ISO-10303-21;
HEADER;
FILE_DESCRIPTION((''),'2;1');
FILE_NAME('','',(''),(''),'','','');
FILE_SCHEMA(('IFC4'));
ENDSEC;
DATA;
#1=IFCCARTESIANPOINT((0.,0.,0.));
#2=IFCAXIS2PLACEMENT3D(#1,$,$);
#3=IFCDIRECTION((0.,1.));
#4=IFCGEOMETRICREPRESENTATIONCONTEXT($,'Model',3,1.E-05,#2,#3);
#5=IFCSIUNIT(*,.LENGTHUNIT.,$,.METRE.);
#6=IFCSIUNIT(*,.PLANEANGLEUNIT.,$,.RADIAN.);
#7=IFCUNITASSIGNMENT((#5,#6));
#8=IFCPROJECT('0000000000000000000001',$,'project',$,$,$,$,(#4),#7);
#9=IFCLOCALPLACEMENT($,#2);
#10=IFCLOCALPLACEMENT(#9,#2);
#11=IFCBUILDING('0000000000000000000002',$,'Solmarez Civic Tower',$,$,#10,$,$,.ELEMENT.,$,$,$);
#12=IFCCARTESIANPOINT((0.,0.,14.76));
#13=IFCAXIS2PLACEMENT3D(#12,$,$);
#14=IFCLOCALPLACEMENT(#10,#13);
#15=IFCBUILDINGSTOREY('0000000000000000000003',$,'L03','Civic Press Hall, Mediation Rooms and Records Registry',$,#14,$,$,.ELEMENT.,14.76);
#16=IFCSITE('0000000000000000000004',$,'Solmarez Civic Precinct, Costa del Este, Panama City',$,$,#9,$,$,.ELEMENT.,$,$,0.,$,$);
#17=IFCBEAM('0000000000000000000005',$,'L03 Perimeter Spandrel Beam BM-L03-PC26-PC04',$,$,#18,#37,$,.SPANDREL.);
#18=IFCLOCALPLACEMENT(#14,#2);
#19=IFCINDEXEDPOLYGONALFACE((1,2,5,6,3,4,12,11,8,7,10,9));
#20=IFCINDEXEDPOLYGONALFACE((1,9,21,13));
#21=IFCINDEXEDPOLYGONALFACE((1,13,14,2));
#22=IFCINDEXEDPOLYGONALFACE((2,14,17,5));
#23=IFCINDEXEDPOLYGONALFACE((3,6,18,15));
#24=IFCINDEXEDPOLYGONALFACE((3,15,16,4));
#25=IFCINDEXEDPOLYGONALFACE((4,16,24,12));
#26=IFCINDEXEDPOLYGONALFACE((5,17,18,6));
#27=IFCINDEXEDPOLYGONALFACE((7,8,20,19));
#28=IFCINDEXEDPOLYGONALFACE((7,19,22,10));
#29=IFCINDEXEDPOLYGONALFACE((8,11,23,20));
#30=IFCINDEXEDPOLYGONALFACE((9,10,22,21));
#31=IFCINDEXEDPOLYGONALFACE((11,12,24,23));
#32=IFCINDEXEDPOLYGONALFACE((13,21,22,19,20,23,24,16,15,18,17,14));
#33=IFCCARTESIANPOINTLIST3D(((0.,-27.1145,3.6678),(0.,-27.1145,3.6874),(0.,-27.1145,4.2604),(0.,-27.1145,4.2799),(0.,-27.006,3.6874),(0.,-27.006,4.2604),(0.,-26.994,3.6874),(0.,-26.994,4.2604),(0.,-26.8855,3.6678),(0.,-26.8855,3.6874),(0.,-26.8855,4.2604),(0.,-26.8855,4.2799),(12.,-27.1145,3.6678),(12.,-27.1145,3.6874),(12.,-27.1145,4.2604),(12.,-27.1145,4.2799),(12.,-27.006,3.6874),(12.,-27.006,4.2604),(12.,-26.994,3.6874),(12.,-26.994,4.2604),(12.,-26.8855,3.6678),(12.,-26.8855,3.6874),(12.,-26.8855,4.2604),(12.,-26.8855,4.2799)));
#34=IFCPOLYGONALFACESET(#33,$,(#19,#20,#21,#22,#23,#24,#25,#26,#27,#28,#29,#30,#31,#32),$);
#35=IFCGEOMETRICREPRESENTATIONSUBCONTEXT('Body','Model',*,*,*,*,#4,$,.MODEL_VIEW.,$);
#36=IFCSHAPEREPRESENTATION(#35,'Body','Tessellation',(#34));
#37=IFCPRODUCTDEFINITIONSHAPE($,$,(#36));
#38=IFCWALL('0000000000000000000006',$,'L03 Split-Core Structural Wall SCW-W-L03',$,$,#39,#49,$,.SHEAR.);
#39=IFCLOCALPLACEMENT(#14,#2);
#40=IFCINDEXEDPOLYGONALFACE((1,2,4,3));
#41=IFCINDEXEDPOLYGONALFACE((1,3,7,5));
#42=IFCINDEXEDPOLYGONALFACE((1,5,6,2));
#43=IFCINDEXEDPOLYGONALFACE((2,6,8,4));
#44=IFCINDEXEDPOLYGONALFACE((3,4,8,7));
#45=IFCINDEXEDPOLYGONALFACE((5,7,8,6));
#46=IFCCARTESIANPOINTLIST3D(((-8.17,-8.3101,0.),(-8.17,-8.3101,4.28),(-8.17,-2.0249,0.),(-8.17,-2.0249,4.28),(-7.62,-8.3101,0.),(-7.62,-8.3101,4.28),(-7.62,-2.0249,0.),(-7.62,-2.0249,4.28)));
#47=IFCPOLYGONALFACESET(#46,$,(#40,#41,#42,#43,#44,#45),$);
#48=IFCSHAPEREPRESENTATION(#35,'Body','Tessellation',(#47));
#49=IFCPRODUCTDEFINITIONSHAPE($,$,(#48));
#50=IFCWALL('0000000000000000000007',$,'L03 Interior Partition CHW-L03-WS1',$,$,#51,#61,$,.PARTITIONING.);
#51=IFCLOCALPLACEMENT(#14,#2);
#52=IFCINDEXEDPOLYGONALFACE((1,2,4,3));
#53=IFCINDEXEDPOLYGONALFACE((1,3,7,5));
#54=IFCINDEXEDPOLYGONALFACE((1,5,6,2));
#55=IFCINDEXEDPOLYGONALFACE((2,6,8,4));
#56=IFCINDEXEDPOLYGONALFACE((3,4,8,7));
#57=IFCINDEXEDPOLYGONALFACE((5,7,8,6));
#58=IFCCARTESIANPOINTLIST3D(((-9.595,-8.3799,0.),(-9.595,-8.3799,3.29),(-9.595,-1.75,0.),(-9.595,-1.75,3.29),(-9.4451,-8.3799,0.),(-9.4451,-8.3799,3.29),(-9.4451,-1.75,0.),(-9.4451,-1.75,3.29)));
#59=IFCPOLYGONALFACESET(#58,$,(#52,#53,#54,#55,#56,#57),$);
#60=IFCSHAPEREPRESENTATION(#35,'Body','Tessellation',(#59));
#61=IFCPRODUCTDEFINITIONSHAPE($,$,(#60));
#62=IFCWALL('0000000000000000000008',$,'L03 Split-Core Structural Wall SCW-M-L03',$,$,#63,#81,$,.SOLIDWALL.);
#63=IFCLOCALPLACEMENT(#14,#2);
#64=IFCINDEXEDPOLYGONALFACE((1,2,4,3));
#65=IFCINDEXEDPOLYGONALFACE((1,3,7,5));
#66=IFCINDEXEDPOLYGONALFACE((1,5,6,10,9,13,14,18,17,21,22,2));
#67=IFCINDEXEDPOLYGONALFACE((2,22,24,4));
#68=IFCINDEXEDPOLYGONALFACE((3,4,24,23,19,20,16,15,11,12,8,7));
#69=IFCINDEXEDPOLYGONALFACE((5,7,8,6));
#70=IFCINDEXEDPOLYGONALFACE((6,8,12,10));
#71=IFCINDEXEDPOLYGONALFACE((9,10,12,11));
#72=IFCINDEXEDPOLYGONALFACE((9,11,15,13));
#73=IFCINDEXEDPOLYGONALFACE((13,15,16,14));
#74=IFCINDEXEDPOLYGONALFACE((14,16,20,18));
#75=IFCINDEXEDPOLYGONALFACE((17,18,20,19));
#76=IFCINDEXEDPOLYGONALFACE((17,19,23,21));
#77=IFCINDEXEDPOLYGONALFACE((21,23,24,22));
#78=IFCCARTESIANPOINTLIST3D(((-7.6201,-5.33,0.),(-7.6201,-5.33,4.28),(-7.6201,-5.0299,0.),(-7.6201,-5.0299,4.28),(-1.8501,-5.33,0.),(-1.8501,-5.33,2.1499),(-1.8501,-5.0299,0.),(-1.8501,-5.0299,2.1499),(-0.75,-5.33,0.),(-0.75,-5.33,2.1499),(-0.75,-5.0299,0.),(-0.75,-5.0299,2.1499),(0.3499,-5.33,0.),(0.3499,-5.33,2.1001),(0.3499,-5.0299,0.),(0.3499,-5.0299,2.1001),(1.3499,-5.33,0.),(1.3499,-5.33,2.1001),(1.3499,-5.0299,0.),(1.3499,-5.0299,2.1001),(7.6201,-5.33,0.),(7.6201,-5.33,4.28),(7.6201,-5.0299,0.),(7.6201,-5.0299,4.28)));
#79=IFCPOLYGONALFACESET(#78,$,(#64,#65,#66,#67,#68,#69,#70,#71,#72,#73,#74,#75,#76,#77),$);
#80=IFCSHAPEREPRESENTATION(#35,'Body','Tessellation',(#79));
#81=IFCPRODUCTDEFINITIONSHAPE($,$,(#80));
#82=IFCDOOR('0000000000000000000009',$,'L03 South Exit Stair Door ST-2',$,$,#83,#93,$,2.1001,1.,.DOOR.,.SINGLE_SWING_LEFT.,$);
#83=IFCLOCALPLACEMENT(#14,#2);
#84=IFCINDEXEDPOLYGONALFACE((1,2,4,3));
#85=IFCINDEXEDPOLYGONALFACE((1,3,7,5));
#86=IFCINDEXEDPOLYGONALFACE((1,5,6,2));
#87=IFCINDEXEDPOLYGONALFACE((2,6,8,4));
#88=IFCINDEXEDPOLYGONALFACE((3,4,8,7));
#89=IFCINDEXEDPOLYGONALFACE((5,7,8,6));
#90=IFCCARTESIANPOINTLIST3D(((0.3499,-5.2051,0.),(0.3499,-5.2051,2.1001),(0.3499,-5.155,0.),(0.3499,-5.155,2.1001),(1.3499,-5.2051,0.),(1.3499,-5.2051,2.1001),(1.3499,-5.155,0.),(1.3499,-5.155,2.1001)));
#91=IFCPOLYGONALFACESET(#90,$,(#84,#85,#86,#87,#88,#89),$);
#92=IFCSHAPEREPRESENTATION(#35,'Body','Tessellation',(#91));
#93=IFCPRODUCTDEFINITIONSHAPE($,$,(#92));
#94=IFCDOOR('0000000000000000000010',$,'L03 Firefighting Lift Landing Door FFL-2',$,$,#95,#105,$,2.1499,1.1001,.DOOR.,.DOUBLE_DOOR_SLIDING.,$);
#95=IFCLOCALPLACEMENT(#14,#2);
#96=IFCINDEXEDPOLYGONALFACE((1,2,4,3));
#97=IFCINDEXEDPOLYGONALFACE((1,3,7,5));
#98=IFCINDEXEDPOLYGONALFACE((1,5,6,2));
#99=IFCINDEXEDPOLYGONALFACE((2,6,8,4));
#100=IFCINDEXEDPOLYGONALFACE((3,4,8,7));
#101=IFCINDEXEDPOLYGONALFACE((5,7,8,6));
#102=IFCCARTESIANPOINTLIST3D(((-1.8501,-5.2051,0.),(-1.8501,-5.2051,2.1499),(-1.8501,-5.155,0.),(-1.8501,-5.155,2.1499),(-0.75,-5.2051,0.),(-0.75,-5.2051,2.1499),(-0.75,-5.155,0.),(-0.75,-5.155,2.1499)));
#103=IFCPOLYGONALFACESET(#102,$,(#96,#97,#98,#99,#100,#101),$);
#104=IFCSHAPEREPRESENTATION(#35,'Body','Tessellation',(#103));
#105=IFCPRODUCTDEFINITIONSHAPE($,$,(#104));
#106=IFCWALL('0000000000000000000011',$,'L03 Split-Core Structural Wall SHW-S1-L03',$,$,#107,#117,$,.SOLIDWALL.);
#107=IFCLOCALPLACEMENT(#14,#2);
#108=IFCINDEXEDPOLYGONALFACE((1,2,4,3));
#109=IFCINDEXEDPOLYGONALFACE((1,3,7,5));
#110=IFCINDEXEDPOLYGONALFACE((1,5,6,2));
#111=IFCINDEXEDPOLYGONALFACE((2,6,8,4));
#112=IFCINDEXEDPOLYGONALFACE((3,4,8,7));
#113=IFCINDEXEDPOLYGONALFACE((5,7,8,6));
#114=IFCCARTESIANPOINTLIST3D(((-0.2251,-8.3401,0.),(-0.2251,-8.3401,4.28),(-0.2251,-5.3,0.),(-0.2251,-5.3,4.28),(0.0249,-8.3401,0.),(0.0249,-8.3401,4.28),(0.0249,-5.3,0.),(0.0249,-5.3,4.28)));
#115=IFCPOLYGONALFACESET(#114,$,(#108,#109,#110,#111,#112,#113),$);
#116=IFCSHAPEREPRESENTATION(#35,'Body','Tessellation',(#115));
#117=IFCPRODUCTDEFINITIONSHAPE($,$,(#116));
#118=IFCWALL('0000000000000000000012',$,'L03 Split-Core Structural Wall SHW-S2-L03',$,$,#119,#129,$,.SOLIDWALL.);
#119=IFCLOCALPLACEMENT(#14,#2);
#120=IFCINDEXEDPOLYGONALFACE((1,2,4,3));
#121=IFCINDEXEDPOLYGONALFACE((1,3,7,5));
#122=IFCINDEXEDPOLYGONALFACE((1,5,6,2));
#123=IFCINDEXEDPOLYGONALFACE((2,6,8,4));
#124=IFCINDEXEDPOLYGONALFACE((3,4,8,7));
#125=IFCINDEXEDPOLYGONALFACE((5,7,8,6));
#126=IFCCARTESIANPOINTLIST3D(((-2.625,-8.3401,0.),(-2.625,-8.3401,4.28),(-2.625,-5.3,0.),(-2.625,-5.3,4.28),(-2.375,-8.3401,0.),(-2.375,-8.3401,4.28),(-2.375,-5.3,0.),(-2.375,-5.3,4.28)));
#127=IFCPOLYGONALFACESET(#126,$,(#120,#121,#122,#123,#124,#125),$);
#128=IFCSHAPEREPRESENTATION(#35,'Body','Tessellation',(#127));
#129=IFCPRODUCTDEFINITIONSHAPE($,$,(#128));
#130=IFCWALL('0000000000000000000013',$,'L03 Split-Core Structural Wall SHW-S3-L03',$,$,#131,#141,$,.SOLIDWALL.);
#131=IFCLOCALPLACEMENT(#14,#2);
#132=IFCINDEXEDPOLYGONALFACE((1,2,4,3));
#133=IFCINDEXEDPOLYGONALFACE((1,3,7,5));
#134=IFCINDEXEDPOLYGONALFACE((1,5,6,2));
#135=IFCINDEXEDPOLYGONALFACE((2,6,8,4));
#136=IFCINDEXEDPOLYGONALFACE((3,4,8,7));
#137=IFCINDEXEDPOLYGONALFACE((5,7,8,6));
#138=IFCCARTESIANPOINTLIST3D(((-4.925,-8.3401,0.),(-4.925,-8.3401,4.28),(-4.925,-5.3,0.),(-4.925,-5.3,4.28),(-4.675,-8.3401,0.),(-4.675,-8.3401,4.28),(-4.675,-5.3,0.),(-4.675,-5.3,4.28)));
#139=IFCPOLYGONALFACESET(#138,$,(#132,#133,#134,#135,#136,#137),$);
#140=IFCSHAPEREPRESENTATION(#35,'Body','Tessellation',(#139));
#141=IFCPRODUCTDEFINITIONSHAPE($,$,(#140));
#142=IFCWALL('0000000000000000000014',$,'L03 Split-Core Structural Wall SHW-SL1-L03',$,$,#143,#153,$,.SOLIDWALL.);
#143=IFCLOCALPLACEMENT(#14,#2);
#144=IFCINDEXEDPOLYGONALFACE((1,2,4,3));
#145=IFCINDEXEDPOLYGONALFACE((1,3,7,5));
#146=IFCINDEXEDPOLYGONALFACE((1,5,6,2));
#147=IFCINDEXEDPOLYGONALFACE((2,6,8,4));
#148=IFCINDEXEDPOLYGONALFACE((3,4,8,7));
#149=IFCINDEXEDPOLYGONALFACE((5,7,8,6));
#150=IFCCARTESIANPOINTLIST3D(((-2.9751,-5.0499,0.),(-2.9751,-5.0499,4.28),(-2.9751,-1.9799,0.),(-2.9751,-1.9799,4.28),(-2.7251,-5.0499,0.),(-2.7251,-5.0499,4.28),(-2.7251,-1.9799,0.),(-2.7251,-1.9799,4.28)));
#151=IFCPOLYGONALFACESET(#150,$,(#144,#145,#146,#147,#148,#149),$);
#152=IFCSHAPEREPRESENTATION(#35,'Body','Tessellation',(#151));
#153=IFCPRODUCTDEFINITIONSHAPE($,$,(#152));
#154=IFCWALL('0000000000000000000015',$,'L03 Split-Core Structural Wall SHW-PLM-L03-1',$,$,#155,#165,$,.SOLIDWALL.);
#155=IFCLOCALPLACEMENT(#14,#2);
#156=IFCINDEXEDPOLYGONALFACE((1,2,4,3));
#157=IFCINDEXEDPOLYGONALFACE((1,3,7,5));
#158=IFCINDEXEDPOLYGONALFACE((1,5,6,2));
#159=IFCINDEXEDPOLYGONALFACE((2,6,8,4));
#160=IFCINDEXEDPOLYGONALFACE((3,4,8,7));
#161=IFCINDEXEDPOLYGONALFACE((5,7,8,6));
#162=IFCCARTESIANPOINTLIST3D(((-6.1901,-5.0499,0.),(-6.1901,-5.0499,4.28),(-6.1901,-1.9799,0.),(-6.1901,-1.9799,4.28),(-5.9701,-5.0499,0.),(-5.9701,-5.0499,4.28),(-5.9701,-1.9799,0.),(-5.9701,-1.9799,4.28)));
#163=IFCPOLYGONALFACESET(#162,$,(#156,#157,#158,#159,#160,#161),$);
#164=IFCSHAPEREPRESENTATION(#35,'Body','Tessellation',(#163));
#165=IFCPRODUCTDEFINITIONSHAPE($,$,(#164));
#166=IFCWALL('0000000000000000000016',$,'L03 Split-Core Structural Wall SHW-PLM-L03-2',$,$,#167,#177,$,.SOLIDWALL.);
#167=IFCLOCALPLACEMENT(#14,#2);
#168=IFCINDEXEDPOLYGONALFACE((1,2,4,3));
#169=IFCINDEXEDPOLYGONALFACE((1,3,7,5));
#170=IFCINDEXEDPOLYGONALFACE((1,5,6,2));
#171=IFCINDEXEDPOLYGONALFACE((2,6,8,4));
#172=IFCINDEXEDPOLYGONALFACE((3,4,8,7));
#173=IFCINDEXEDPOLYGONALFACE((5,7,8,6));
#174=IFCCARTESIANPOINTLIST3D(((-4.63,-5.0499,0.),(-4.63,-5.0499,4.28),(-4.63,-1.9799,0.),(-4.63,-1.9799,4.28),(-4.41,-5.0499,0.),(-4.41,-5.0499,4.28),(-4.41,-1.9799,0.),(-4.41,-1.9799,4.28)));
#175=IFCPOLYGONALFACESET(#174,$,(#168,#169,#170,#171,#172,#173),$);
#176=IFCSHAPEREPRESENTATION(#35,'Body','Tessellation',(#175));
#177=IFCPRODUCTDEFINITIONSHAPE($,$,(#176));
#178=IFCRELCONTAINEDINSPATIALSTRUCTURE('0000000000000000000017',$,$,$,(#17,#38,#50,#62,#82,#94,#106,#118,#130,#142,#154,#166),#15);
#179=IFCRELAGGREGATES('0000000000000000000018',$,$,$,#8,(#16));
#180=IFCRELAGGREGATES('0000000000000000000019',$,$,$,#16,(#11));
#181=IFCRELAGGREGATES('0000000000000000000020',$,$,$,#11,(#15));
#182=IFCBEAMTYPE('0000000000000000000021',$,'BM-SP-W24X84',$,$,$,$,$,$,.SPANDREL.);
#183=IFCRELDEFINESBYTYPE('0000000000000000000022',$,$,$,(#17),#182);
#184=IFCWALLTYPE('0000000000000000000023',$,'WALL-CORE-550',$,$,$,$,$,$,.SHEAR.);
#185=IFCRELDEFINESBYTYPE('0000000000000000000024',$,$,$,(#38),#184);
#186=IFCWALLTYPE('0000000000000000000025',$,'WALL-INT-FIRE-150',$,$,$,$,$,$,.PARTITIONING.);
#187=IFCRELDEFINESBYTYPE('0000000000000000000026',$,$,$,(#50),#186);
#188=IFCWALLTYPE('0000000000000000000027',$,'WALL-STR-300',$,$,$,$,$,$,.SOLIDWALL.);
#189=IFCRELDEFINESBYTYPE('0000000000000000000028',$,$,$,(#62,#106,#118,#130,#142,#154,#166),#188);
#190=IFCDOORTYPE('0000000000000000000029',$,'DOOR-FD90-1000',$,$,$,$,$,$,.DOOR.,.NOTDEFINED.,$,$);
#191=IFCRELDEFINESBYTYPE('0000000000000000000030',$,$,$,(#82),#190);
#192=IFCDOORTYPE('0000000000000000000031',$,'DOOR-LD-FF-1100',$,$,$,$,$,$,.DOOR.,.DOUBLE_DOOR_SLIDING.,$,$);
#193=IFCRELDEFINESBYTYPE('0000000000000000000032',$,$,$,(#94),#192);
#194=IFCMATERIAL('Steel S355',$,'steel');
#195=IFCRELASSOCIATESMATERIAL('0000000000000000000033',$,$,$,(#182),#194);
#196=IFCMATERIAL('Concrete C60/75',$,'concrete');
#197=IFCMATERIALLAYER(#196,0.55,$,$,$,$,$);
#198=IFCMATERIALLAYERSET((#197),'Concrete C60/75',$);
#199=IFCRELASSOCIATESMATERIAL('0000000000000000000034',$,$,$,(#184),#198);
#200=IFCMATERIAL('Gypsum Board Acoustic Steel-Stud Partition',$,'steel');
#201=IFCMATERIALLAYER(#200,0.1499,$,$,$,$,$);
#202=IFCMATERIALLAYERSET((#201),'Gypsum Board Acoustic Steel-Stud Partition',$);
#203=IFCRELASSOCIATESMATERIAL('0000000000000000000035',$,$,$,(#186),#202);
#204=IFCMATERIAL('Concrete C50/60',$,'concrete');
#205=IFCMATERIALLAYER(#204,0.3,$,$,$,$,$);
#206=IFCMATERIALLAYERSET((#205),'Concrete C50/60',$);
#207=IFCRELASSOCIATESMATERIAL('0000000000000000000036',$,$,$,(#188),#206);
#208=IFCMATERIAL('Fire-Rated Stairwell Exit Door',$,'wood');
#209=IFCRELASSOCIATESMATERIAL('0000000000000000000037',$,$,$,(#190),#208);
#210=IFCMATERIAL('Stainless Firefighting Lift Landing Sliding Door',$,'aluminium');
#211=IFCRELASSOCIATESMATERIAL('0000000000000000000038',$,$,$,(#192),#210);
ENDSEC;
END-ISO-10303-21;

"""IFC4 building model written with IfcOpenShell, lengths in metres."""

from ifc_helpers import new_model, si_unit, direction, frame, frame_2d, origin, origin_2d, place, context, subcontext, project, spatial, rectangle, i_section, extrude, material, layer, layer_set, material_profile, profile_set, type_object, element, fill, save


model = new_model("IFC4")

# Units and contexts
model_context = context("Model", 3, precision=1e-05, world=origin(), true_north=direction((0.0, 1.0)))
body_context = subcontext(model_context, "Body", "Model", "MODEL_VIEW")
ifc_project = project(units=[si_unit("LENGTHUNIT", "METRE"), si_unit("PLANEANGLEUNIT", "RADIAN")], contexts=[model_context])

# Site, building, storey
site_placement = place(None, origin())
site = spatial("IfcSite", under=ifc_project, at=site_placement, Name="Solmarez Civic Precinct, Costa del Este, Panama City", CompositionType="ELEMENT", RefElevation=0.0)
building_placement = place(site_placement, origin())
building = spatial("IfcBuilding", under=site, at=building_placement, Name="Solmarez Civic Tower", CompositionType="ELEMENT")
storey_placement = place(building_placement, frame((0.0, 0.0, 14.76)))
storey = spatial("IfcBuildingStorey", under=building, at=storey_placement, Name="L03", Description="Civic Press Hall, Mediation Rooms and Records Registry", CompositionType="ELEMENT", Elevation=14.76)

# Shared definitions
ifc_material_1 = material(Name="Concrete C60/75", Category="concrete")

# Beam
ifc_material_2 = material(Name="Steel S355", Category="steel")
ifc_material_profile_1 = material_profile(ifc_material_2, i_section(OverallWidth=0.229, OverallDepth=0.6121, WebThickness=0.012, FlangeThickness=0.0195, at=origin_2d()), Name="W24X84")
ifc_profile_set_1 = profile_set([ifc_material_profile_1], Name="Steel S355")
beam_type_1 = type_object("IfcBeamType", Name="BM-SP-W24X84", PredefinedType="SPANDREL", material=ifc_profile_set_1)
for number, where, z_axis, x_axis, name in (
    (1, (0.0, -27.0, 3.9739), (1.0, 0.0, 0.0), (0.0, 1.0, 0.0), "L03 Perimeter Spandrel Beam BM-L03-PC26-PC04"),
):
    element("IfcBeam", number, at=place(storey_placement, frame(where, z_axis=z_axis, x_axis=x_axis)), inside=storey, type_object=beam_type_1, Name=name, PredefinedType="SPANDREL", context=body_context, shape_type="SweptSolid", body=[
        extrude(i_section(OverallWidth=0.229, OverallDepth=0.6121, WebThickness=0.012, FlangeThickness=0.0195, at=origin_2d()), origin(), (0.0, 0.0, 1.0), 12.0),
    ])

# Walls
ifc_layer_1 = layer(ifc_material_1, 0.55)
ifc_layer_set_1 = layer_set([ifc_layer_1], Name="Concrete C60/75")
wall_type_1 = type_object("IfcWallType", Name="WALL-CORE-550", PredefinedType="SHEAR", material=ifc_layer_set_1)
wall_1_placement = place(storey_placement, frame((-7.895, -8.3101, 0.0), z_axis=(0.0, 0.0, 1.0), x_axis=(0.0, 1.0, 0.0)))
element("IfcWall", 2, at=wall_1_placement, inside=storey, type_object=wall_type_1, Name="L03 Split-Core Structural Wall SCW-W-L03", PredefinedType="SHEAR", context=body_context, shape_type="SweptSolid", body=[
    extrude(rectangle(XDim=6.2852, YDim=0.55, at=frame_2d((3.1426, 0.0))), origin(), (0.0, 0.0, 1.0), 4.28),
])
ifc_material_3 = material(Name="Gypsum Board Acoustic Steel-Stud Partition", Category="steel")
ifc_layer_2 = layer(ifc_material_3, 0.1499)
ifc_layer_set_2 = layer_set([ifc_layer_2], Name="Gypsum Board Acoustic Steel-Stud Partition")
wall_type_2 = type_object("IfcWallType", Name="WALL-INT-FIRE-150", PredefinedType="PARTITIONING", material=ifc_layer_set_2)
wall_2_placement = place(storey_placement, frame((-9.52, -8.3799, 0.0), z_axis=(0.0, 0.0, 1.0), x_axis=(0.0, 1.0, 0.0)))
element("IfcWall", 3, at=wall_2_placement, inside=storey, type_object=wall_type_2, Name="L03 Interior Partition CHW-L03-WS1", PredefinedType="PARTITIONING", context=body_context, shape_type="SweptSolid", body=[
    extrude(rectangle(XDim=6.6299, YDim=0.1499, at=frame_2d((3.3149, 0.0))), origin(), (0.0, 0.0, 1.0), 3.29),
])

# Wall, openings, doors
ifc_material_4 = material(Name="Concrete C50/60", Category="concrete")
ifc_layer_3 = layer(ifc_material_4, 0.3)
ifc_layer_set_3 = layer_set([ifc_layer_3], Name="Concrete C50/60")
wall_type_3 = type_object("IfcWallType", Name="WALL-STR-300", PredefinedType="SOLIDWALL", material=ifc_layer_set_3)
wall_3_placement = place(storey_placement, frame((-7.6201, -5.1799, 0.0), z_axis=(0.0, 0.0, 1.0), x_axis=(1.0, 0.0, 0.0)))
wall_3 = element("IfcWall", 4, at=wall_3_placement, inside=storey, type_object=wall_type_3, Name="L03 Split-Core Structural Wall SCW-M-L03", PredefinedType="SOLIDWALL", context=body_context, shape_type="SweptSolid", body=[
    extrude(rectangle(XDim=15.2402, YDim=0.3, at=frame_2d((7.6201, 0.0))), origin(), (0.0, 0.0, 1.0), 4.28),
])
opening_1_placement = place(wall_3_placement, frame((5.77, 0.0, 0.0)))
opening_1 = element("IfcOpeningElement", 5, at=opening_1_placement, cuts=wall_3, PredefinedType="OPENING", context=body_context, shape_type="SweptSolid", body=[
    extrude(rectangle(XDim=1.1001, YDim=2.1499, at=frame_2d((0.55, 1.075))), frame((0.0, 0.1599, 0.0), z_axis=(0.0, -1.0, 0.0), x_axis=(1.0, 0.0, 0.0)), (0.0, 0.0, 1.0), 0.3201),
])
opening_2_placement = place(wall_3_placement, frame((7.97, 0.0, 0.0)))
opening_2 = element("IfcOpeningElement", 6, at=opening_2_placement, cuts=wall_3, PredefinedType="OPENING", context=body_context, shape_type="SweptSolid", body=[
    extrude(rectangle(XDim=1.0, YDim=2.1001, at=frame_2d((0.5, 1.05))), frame((0.0, 0.1599, 0.0), z_axis=(0.0, -1.0, 0.0), x_axis=(1.0, 0.0, 0.0)), (0.0, 0.0, 1.0), 0.3201),
])
ifc_material_5 = material(Name="Fire-Rated Stairwell Exit Door", Category="wood")
door_type_1 = type_object("IfcDoorType", Name="DOOR-FD90-1000", OperationType="NOTDEFINED", PredefinedType="DOOR", material=ifc_material_5)
door_1_placement = place(opening_2_placement, origin())
door_1 = element("IfcDoor", 7, at=door_1_placement, inside=storey, type_object=door_type_1, Name="L03 South Exit Stair Door ST-2", OperationType="SINGLE_SWING_LEFT", OverallHeight=2.1001, OverallWidth=1.0, PredefinedType="DOOR", context=body_context, shape_type="SweptSolid", body=[
    extrude(rectangle(XDim=1.0, YDim=2.1001, at=frame_2d((0.5, 1.05))), frame((0.0, 0.0249, 0.0), z_axis=(0.0, -1.0, 0.0), x_axis=(1.0, 0.0, 0.0)), (0.0, 0.0, 1.0), 0.05),
])
fill(opening_2, door_1)
ifc_material_6 = material(Name="Stainless Firefighting Lift Landing Sliding Door", Category="aluminium")
door_type_2 = type_object("IfcDoorType", Name="DOOR-LD-FF-1100", OperationType="DOUBLE_DOOR_SLIDING", PredefinedType="DOOR", material=ifc_material_6)
door_2_placement = place(opening_1_placement, origin())
door_2 = element("IfcDoor", 8, at=door_2_placement, inside=storey, type_object=door_type_2, Name="L03 Firefighting Lift Landing Door FFL-2", OperationType="DOUBLE_DOOR_SLIDING", OverallHeight=2.1499, OverallWidth=1.1001, PredefinedType="DOOR", context=body_context, shape_type="SweptSolid", body=[
    extrude(rectangle(XDim=1.1001, YDim=2.1499, at=frame_2d((0.55, 1.075))), frame((0.0, 0.0249, 0.0), z_axis=(0.0, -1.0, 0.0), x_axis=(1.0, 0.0, 0.0)), (0.0, 0.0, 1.0), 0.05),
])
fill(opening_1, door_2)

# Walls
for number, where, z_axis, x_axis, name in (
    (9, (-0.1001, -8.3401, 0.0), (0.0, 0.0, 1.0), (0.0, 1.0, 0.0), "L03 Split-Core Structural Wall SHW-S1-L03"),
    (10, (-2.5, -8.3401, 0.0), (0.0, 0.0, 1.0), (0.0, 1.0, 0.0), "L03 Split-Core Structural Wall SHW-S2-L03"),
    (11, (-4.8, -8.3401, 0.0), (0.0, 0.0, 1.0), (0.0, 1.0, 0.0), "L03 Split-Core Structural Wall SHW-S3-L03"),
):
    element("IfcWall", number, at=place(storey_placement, frame(where, z_axis=z_axis, x_axis=x_axis)), inside=storey, type_object=wall_type_3, Name=name, PredefinedType="SOLIDWALL", context=body_context, shape_type="SweptSolid", body=[
        extrude(rectangle(XDim=3.04, YDim=0.25, at=frame_2d((1.52, 0.0))), origin(), (0.0, 0.0, 1.0), 4.28),
    ])
wall_4_placement = place(storey_placement, frame((-2.8501, -5.05, 0.0), z_axis=(0.0, 0.0, 1.0), x_axis=(0.0, 1.0, 0.0)))
element("IfcWall", 12, at=wall_4_placement, inside=storey, type_object=wall_type_3, Name="L03 Split-Core Structural Wall SHW-SL1-L03", PredefinedType="SOLIDWALL", context=body_context, shape_type="SweptSolid", body=[
    extrude(rectangle(XDim=3.0701, YDim=0.25, at=frame_2d((1.5352, 0.0))), origin(), (0.0, 0.0, 1.0), 4.28),
])
for number, where, z_axis, x_axis, name in (
    (13, (-6.0801, -5.05, 0.0), (0.0, 0.0, 1.0), (0.0, 1.0, 0.0), "L03 Split-Core Structural Wall SHW-PLM-L03-1"),
    (14, (-4.52, -5.05, 0.0), (0.0, 0.0, 1.0), (0.0, 1.0, 0.0), "L03 Split-Core Structural Wall SHW-PLM-L03-2"),
):
    element("IfcWall", number, at=place(storey_placement, frame(where, z_axis=z_axis, x_axis=x_axis)), inside=storey, type_object=wall_type_3, Name=name, PredefinedType="SOLIDWALL", context=body_context, shape_type="SweptSolid", body=[
        extrude(rectangle(XDim=3.0701, YDim=0.22, at=frame_2d((1.5352, 0.0))), origin(), (0.0, 0.0, 1.0), 4.28),
    ])

save(model, "model.ifc")
